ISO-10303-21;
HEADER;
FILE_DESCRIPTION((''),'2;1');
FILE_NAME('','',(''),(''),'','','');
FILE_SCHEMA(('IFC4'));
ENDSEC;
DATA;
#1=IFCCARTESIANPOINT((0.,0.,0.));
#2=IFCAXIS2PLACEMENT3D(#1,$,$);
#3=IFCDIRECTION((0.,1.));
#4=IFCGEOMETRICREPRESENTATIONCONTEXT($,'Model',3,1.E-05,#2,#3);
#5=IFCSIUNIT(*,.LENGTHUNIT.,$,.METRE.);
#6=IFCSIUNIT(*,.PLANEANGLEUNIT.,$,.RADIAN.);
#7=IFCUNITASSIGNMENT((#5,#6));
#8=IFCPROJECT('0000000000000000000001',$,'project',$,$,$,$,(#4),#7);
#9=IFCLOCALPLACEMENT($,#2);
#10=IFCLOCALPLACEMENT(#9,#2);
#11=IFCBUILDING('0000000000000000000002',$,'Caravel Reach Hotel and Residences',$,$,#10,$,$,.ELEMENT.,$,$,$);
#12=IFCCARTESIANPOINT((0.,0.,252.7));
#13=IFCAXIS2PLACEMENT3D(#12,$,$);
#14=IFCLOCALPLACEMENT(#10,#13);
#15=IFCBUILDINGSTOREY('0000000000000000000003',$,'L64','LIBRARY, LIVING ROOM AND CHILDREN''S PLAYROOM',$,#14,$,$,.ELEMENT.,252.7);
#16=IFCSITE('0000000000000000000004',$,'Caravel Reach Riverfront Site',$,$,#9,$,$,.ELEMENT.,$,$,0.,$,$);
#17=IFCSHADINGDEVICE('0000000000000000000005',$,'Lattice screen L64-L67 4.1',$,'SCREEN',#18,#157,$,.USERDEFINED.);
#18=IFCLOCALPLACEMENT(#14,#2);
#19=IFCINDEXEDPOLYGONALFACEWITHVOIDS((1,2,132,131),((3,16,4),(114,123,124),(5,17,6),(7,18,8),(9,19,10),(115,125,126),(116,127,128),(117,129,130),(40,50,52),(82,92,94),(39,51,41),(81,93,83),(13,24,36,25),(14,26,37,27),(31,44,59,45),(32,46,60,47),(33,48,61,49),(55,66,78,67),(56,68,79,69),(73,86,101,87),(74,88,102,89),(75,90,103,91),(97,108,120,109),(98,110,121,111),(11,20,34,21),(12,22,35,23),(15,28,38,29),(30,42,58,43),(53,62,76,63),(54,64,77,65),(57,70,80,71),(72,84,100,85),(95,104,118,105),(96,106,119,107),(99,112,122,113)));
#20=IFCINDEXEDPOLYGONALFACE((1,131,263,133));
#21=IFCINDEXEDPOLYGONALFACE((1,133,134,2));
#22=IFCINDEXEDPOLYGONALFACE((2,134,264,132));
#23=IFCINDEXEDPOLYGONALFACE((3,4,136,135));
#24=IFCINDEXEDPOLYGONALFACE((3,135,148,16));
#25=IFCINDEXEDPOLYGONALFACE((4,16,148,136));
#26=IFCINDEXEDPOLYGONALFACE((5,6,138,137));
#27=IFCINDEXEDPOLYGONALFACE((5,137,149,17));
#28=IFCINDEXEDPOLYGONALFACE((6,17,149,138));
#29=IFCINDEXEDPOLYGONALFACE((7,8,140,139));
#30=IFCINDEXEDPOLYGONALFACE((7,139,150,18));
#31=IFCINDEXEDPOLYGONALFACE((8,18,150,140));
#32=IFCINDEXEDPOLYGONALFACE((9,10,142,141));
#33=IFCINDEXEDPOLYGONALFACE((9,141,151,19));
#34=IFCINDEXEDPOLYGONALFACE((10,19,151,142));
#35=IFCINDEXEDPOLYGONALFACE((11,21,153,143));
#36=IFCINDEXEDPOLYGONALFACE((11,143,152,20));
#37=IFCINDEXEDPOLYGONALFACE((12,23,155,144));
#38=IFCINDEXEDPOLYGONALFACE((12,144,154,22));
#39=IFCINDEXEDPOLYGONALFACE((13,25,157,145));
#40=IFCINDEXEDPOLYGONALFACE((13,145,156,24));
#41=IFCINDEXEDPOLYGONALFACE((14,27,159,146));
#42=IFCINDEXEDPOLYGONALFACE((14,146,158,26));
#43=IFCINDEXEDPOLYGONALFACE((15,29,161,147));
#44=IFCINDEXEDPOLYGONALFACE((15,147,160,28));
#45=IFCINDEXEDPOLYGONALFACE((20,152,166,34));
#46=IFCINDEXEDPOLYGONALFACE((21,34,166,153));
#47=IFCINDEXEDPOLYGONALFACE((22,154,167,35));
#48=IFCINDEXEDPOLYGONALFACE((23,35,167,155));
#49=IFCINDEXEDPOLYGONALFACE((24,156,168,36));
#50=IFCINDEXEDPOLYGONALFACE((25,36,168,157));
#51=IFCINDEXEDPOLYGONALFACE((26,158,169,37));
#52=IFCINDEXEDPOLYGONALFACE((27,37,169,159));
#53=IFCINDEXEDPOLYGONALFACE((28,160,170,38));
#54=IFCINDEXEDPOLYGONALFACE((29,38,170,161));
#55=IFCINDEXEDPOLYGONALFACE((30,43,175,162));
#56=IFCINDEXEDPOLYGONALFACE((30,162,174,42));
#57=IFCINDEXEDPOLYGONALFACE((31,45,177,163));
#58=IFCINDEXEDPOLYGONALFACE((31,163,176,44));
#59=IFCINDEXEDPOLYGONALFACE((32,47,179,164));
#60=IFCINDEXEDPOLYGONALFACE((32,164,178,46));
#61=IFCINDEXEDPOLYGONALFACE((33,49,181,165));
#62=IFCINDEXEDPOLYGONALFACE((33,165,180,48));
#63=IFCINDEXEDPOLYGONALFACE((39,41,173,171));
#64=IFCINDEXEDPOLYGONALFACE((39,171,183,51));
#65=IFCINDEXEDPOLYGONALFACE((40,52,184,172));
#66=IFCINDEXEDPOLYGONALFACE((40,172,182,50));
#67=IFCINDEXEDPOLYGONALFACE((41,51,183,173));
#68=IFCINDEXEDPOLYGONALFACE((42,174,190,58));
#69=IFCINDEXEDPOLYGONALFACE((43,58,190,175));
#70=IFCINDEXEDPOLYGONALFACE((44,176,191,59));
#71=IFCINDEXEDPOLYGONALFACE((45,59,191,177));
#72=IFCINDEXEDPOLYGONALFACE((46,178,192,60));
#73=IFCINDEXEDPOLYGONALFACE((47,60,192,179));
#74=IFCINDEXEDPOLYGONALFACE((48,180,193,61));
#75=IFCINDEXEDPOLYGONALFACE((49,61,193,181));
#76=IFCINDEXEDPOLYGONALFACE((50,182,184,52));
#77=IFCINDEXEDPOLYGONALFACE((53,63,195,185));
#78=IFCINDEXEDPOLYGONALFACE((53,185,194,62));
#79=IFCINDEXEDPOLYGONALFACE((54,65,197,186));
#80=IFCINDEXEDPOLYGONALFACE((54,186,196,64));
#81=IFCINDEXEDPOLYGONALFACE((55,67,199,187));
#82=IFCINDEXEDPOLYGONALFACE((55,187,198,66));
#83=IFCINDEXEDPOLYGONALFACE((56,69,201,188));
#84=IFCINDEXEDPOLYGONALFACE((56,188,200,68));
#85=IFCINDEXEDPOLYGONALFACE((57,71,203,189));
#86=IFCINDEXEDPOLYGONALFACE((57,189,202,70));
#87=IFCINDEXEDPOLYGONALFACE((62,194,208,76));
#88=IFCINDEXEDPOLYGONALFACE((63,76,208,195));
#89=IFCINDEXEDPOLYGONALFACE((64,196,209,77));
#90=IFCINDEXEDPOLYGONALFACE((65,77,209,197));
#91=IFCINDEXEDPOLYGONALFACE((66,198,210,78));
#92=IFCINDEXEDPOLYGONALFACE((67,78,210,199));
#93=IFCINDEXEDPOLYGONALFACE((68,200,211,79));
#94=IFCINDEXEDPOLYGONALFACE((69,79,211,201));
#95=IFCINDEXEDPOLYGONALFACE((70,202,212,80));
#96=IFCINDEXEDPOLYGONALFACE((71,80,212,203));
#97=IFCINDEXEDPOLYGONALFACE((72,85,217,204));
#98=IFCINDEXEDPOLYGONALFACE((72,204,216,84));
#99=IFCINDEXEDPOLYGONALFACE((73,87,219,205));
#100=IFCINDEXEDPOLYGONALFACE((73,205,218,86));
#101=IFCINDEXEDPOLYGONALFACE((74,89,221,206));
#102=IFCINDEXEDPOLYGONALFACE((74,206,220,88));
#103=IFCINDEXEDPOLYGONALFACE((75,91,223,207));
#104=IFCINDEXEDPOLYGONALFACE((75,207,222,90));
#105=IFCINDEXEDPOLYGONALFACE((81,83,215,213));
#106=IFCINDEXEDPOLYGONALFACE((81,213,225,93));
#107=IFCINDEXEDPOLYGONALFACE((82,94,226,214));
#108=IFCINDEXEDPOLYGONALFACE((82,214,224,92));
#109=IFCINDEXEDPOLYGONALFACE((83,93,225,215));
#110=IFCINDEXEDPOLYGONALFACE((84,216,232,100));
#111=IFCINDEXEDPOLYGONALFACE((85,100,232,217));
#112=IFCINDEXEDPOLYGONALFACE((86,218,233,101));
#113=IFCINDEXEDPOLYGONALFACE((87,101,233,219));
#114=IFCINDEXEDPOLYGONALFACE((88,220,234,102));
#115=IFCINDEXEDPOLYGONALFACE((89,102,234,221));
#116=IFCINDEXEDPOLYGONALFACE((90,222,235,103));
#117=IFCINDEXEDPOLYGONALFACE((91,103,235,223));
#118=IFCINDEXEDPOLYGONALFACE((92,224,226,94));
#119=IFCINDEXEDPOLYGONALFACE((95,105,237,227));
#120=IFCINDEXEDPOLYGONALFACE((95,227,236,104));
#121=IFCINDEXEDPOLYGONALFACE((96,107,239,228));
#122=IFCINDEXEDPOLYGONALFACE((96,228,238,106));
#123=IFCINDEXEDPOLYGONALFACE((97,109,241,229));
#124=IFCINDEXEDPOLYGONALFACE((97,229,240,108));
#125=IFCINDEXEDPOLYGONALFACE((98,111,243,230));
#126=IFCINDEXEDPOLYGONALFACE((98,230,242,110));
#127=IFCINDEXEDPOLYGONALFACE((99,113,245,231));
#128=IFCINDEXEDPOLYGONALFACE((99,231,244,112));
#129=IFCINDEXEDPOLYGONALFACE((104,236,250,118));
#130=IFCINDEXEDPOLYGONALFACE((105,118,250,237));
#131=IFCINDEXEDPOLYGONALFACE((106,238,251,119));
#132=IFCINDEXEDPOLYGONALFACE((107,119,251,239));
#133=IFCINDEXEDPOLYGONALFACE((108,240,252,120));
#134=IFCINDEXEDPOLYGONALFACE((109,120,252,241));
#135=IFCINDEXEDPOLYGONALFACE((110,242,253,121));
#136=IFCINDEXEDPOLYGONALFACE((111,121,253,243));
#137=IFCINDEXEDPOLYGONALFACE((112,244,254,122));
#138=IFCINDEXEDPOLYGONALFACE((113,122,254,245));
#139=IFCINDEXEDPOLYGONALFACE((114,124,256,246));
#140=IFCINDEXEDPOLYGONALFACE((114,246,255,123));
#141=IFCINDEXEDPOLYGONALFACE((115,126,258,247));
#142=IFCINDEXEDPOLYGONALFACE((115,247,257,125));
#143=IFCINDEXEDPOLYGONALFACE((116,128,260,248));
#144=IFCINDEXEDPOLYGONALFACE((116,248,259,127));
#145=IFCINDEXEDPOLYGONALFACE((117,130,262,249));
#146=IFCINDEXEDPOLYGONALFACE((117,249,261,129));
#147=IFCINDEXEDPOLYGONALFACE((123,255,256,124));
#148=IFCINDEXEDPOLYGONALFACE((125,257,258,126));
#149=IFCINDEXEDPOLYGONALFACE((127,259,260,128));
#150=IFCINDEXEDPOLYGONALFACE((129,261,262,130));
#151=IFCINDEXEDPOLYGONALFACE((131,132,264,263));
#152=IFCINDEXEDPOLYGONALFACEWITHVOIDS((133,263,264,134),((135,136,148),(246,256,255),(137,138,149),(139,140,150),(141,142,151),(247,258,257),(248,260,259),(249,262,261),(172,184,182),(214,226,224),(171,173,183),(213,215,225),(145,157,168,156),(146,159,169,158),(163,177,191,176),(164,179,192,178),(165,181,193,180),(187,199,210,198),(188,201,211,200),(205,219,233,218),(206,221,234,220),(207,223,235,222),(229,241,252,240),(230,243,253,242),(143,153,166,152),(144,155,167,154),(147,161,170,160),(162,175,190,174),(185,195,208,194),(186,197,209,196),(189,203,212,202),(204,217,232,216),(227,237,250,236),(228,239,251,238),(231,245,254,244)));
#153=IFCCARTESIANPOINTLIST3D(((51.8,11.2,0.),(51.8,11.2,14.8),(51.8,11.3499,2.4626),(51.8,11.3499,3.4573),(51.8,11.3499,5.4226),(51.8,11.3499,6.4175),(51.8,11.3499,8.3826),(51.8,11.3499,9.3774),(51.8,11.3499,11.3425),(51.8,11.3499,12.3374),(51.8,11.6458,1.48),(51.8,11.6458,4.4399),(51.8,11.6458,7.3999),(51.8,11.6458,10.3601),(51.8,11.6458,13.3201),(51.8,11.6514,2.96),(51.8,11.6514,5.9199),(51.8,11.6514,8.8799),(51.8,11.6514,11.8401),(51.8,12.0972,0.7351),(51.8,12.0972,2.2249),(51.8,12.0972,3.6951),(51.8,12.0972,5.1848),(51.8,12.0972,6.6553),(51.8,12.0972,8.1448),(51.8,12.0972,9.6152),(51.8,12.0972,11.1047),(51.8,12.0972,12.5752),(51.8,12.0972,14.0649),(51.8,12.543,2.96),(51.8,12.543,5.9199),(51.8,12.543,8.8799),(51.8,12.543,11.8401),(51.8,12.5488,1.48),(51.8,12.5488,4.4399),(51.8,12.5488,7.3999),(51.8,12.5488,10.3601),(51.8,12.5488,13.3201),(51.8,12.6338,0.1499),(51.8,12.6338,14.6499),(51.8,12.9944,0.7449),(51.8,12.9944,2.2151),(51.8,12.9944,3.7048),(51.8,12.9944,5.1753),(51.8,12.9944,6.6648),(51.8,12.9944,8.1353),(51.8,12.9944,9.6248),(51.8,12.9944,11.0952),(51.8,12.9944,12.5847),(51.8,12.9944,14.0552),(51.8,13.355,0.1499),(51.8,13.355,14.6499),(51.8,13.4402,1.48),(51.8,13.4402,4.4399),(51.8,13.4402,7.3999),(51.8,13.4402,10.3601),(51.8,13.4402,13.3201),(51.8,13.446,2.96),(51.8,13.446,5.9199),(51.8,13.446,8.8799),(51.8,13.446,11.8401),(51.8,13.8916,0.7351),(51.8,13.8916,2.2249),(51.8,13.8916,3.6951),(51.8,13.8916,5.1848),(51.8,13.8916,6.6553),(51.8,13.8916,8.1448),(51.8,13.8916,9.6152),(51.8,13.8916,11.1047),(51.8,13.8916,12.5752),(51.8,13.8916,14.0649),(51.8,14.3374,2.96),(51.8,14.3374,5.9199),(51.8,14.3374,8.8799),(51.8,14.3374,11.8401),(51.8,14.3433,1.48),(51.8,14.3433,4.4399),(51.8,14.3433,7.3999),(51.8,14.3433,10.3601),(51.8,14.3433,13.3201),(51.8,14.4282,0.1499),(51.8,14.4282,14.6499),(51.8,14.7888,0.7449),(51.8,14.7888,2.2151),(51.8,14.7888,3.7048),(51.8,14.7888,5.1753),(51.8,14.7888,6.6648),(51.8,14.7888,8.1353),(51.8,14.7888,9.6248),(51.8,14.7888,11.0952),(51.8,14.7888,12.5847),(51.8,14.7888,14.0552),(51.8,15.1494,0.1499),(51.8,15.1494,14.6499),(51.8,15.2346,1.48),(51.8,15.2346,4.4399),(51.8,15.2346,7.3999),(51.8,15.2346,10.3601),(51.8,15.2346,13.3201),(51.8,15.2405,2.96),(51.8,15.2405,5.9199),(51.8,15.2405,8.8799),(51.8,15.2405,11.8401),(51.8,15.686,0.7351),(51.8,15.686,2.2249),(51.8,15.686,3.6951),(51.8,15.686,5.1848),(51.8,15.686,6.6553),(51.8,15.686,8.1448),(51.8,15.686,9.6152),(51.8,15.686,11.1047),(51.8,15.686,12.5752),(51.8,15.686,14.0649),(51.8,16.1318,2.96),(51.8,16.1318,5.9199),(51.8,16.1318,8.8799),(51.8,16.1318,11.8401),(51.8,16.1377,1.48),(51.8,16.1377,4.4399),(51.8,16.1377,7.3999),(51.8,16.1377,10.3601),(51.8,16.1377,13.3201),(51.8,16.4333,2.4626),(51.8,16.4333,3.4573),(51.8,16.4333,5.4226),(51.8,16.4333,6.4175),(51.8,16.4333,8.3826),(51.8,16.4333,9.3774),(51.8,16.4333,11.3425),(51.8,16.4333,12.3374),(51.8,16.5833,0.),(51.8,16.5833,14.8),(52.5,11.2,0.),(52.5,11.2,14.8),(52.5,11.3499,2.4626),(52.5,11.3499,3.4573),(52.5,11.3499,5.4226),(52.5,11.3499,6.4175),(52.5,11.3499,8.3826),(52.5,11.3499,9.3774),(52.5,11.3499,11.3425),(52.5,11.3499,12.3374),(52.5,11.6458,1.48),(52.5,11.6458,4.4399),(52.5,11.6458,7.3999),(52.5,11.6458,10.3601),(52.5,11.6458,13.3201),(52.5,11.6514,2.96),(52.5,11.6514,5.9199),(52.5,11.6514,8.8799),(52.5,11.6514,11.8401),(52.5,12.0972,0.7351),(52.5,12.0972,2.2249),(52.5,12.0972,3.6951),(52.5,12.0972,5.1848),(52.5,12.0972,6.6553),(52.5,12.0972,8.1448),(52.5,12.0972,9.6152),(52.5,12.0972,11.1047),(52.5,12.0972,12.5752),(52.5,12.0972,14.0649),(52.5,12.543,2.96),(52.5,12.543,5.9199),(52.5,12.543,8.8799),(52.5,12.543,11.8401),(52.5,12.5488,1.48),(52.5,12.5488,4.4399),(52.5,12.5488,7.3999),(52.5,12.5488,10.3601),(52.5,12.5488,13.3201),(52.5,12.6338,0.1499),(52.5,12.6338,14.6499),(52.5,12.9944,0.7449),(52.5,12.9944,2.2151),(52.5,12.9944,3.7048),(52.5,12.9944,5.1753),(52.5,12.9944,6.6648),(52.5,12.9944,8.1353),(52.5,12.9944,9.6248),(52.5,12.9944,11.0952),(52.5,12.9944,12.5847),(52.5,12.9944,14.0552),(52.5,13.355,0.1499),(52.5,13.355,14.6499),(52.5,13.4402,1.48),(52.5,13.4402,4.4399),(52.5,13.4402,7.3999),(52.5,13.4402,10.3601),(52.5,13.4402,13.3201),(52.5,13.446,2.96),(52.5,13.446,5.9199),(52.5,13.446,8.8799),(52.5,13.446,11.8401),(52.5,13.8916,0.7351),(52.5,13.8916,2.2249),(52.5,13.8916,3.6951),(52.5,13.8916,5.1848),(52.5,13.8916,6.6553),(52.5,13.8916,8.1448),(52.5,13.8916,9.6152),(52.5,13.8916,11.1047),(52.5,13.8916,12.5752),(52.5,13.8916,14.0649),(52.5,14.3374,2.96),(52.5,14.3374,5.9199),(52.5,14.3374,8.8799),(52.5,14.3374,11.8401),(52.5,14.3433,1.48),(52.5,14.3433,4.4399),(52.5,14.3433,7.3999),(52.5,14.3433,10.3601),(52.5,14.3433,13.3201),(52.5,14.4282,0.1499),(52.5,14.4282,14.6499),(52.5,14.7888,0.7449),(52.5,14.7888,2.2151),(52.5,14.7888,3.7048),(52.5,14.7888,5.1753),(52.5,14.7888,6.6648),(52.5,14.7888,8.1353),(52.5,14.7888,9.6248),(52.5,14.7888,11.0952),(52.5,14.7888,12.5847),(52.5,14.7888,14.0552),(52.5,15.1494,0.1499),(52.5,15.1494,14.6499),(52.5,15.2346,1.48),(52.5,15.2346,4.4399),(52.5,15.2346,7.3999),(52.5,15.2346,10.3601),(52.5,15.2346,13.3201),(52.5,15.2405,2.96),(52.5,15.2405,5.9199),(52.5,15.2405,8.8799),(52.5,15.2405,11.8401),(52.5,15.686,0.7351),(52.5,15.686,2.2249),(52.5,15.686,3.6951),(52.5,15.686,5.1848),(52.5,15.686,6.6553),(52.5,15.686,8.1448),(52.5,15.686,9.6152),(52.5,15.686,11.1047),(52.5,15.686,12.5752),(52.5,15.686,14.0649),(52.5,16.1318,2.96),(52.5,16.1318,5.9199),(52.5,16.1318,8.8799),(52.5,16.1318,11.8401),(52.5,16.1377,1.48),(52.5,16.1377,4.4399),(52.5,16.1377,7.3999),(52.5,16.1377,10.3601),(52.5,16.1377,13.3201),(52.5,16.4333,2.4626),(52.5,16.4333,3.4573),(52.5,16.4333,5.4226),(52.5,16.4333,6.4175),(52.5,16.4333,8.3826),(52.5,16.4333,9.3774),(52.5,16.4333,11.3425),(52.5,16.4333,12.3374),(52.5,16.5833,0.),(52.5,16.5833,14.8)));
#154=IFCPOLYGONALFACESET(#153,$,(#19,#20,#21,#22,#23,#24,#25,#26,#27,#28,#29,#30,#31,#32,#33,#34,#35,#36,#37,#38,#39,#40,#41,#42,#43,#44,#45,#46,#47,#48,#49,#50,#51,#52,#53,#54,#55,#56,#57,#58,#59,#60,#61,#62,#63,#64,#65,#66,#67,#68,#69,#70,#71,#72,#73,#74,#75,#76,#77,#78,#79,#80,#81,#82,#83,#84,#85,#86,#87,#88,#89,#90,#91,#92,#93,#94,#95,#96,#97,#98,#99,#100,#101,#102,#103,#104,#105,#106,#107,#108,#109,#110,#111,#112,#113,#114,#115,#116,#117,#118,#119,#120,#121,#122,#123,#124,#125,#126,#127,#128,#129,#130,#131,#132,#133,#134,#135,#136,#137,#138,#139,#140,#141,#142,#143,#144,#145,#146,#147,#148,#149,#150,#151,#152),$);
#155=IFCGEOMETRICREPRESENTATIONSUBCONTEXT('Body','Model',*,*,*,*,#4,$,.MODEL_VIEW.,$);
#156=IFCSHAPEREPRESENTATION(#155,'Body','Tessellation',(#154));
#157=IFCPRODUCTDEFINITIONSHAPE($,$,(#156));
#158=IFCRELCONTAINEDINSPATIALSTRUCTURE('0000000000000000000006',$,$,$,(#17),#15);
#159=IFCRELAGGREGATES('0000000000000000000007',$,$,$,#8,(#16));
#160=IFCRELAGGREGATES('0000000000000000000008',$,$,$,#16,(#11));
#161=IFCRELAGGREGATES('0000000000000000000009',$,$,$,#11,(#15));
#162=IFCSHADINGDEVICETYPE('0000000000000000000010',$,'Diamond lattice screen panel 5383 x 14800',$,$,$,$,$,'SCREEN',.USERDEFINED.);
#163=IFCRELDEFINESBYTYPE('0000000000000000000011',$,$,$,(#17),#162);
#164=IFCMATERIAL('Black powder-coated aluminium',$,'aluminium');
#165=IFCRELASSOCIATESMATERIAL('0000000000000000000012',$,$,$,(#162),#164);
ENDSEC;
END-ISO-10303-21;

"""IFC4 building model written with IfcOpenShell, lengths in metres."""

from ifc_helpers import new_model, si_unit, direction, frame, origin, place, context, subcontext, project, spatial, polyline, outline, extrude, material, type_object, element, save


model = new_model("IFC4")

# Units and contexts
model_context = context("Model", 3, precision=1e-05, world=origin(), true_north=direction((0.0, 1.0)))
body_context = subcontext(model_context, "Body", "Model", "MODEL_VIEW")
ifc_project = project(units=[si_unit("LENGTHUNIT", "METRE"), si_unit("PLANEANGLEUNIT", "RADIAN")], contexts=[model_context])

# Site, building, storey
site_placement = place(None, origin())
site = spatial("IfcSite", under=ifc_project, at=site_placement, Name="Caravel Reach Riverfront Site", CompositionType="ELEMENT", RefElevation=0.0)
building_placement = place(site_placement, origin())
building = spatial("IfcBuilding", under=site, at=building_placement, Name="Caravel Reach Hotel and Residences", CompositionType="ELEMENT")
storey_placement = place(building_placement, frame((0.0, 0.0, 252.7)))
storey = spatial("IfcBuildingStorey", under=building, at=storey_placement, Name="L64", Description="LIBRARY, LIVING ROOM AND CHILDREN'S PLAYROOM", CompositionType="ELEMENT", Elevation=252.7)

# Shading device
ifc_material_1 = material(Name="Black powder-coated aluminium", Category="aluminium")
shading_device_type_1 = type_object("IfcShadingDeviceType", Name="Diamond lattice screen panel 5383 x 14800", ElementType="SCREEN", PredefinedType="USERDEFINED", material=ifc_material_1)
shading_device_1_placement = place(storey_placement, frame((51.8, 11.2, 0.0), z_axis=(1.0, 0.0, 0.0), x_axis=(0.0, 1.0, 0.0)))
element("IfcShadingDevice", 1, at=shading_device_1_placement, inside=storey, type_object=shading_device_type_1, Name="Lattice screen L64-L67 4.1", ObjectType="SCREEN", PredefinedType="USERDEFINED", context=body_context, shape_type="SweptSolid", body=[
    extrude(outline(polyline([(0.0, 0.0), (5.3833, 0.0), (5.3833, 14.8), (0.0, 14.8), (0.0, 0.0)]), holes=[polyline([(0.4514, 2.96), (0.1499, 3.4573), (0.1499, 2.4626), (0.4514, 2.96)]), polyline([(0.4514, 5.9199), (0.1499, 6.4175), (0.1499, 5.4226), (0.4514, 5.9199)]), polyline([(0.4514, 8.8799), (0.1499, 9.3774), (0.1499, 8.3826), (0.4514, 8.8799)]), polyline([(0.4514, 11.8401), (0.1499, 12.3374), (0.1499, 11.3425), (0.4514, 11.8401)]), polyline([(0.8972, 2.2249), (0.4458, 1.48), (0.8972, 0.7351), (1.3489, 1.48), (0.8972, 2.2249)]), polyline([(0.8972, 5.1848), (0.4458, 4.4399), (0.8972, 3.6951), (1.3489, 4.4399), (0.8972, 5.1848)]), polyline([(0.8972, 8.1448), (0.4458, 7.3999), (0.8972, 6.6553), (1.3489, 7.3999), (0.8972, 8.1448)]), polyline([(0.8972, 11.1047), (0.4458, 10.3601), (0.8972, 9.6152), (1.3489, 10.3601), (0.8972, 11.1047)]), polyline([(0.8972, 14.0649), (0.4458, 13.3201), (0.8972, 12.5752), (1.3489, 13.3201), (0.8972, 14.0649)]), polyline([(1.7944, 0.7449), (1.4338, 0.1499), (2.155, 0.1499), (1.7944, 0.7449)]), polyline([(1.7944, 3.7048), (1.343, 2.96), (1.7944, 2.2151), (2.2461, 2.96), (1.7944, 3.7048)]), polyline([(1.7944, 6.6648), (1.343, 5.9199), (1.7944, 5.1753), (2.2461, 5.9199), (1.7944, 6.6648)]), polyline([(1.7944, 9.6248), (1.343, 8.8799), (1.7944, 8.1353), (2.2461, 8.8799), (1.7944, 9.6248)]), polyline([(1.7944, 12.5847), (1.343, 11.8401), (1.7944, 11.0952), (2.2461, 11.8401), (1.7944, 12.5847)]), polyline([(1.7944, 14.0552), (2.155, 14.6499), (1.4338, 14.6499), (1.7944, 14.0552)]), polyline([(2.6917, 2.2249), (2.2402, 1.48), (2.6917, 0.7351), (3.1433, 1.48), (2.6917, 2.2249)]), polyline([(2.6917, 5.1848), (2.2402, 4.4399), (2.6917, 3.6951), (3.1433, 4.4399), (2.6917, 5.1848)]), polyline([(2.6917, 8.1448), (2.2402, 7.3999), (2.6917, 6.6553), (3.1433, 7.3999), (2.6917, 8.1448)]), polyline([(2.6917, 11.1047), (2.2402, 10.3601), (2.6917, 9.6152), (3.1433, 10.3601), (2.6917, 11.1047)]), polyline([(2.6917, 14.0649), (2.2402, 13.3201), (2.6917, 12.5752), (3.1433, 13.3201), (2.6917, 14.0649)]), polyline([(3.5889, 0.7449), (3.2283, 0.1499), (3.9495, 0.1499), (3.5889, 0.7449)]), polyline([(3.5889, 3.7048), (3.1375, 2.96), (3.5889, 2.2151), (4.0405, 2.96), (3.5889, 3.7048)]), polyline([(3.5889, 6.6648), (3.1375, 5.9199), (3.5889, 5.1753), (4.0405, 5.9199), (3.5889, 6.6648)]), polyline([(3.5889, 9.6248), (3.1375, 8.8799), (3.5889, 8.1353), (4.0405, 8.8799), (3.5889, 9.6248)]), polyline([(3.5889, 12.5847), (3.1375, 11.8401), (3.5889, 11.0952), (4.0405, 11.8401), (3.5889, 12.5847)]), polyline([(3.5889, 14.0552), (3.9495, 14.6499), (3.2283, 14.6499), (3.5889, 14.0552)]), polyline([(4.4861, 2.2249), (4.0347, 1.48), (4.4861, 0.7351), (4.9377, 1.48), (4.4861, 2.2249)]), polyline([(4.4861, 5.1848), (4.0347, 4.4399), (4.4861, 3.6951), (4.9377, 4.4399), (4.4861, 5.1848)]), polyline([(4.4861, 8.1448), (4.0347, 7.3999), (4.4861, 6.6553), (4.9377, 7.3999), (4.4861, 8.1448)]), polyline([(4.4861, 11.1047), (4.0347, 10.3601), (4.4861, 9.6152), (4.9377, 10.3601), (4.4861, 11.1047)]), polyline([(4.4861, 14.0649), (4.0347, 13.3201), (4.4861, 12.5752), (4.9377, 13.3201), (4.4861, 14.0649)]), polyline([(4.9319, 2.96), (5.2334, 2.4626), (5.2334, 3.4573), (4.9319, 2.96)]), polyline([(4.9319, 5.9199), (5.2334, 5.4226), (5.2334, 6.4175), (4.9319, 5.9199)]), polyline([(4.9319, 8.8799), (5.2334, 8.3826), (5.2334, 9.3774), (4.9319, 8.8799)]), polyline([(4.9319, 11.8401), (5.2334, 11.3425), (5.2334, 12.3374), (4.9319, 11.8401)])]), origin(), (0.0, 0.0, 1.0), 0.7),
])

save(model, "model.ifc")
